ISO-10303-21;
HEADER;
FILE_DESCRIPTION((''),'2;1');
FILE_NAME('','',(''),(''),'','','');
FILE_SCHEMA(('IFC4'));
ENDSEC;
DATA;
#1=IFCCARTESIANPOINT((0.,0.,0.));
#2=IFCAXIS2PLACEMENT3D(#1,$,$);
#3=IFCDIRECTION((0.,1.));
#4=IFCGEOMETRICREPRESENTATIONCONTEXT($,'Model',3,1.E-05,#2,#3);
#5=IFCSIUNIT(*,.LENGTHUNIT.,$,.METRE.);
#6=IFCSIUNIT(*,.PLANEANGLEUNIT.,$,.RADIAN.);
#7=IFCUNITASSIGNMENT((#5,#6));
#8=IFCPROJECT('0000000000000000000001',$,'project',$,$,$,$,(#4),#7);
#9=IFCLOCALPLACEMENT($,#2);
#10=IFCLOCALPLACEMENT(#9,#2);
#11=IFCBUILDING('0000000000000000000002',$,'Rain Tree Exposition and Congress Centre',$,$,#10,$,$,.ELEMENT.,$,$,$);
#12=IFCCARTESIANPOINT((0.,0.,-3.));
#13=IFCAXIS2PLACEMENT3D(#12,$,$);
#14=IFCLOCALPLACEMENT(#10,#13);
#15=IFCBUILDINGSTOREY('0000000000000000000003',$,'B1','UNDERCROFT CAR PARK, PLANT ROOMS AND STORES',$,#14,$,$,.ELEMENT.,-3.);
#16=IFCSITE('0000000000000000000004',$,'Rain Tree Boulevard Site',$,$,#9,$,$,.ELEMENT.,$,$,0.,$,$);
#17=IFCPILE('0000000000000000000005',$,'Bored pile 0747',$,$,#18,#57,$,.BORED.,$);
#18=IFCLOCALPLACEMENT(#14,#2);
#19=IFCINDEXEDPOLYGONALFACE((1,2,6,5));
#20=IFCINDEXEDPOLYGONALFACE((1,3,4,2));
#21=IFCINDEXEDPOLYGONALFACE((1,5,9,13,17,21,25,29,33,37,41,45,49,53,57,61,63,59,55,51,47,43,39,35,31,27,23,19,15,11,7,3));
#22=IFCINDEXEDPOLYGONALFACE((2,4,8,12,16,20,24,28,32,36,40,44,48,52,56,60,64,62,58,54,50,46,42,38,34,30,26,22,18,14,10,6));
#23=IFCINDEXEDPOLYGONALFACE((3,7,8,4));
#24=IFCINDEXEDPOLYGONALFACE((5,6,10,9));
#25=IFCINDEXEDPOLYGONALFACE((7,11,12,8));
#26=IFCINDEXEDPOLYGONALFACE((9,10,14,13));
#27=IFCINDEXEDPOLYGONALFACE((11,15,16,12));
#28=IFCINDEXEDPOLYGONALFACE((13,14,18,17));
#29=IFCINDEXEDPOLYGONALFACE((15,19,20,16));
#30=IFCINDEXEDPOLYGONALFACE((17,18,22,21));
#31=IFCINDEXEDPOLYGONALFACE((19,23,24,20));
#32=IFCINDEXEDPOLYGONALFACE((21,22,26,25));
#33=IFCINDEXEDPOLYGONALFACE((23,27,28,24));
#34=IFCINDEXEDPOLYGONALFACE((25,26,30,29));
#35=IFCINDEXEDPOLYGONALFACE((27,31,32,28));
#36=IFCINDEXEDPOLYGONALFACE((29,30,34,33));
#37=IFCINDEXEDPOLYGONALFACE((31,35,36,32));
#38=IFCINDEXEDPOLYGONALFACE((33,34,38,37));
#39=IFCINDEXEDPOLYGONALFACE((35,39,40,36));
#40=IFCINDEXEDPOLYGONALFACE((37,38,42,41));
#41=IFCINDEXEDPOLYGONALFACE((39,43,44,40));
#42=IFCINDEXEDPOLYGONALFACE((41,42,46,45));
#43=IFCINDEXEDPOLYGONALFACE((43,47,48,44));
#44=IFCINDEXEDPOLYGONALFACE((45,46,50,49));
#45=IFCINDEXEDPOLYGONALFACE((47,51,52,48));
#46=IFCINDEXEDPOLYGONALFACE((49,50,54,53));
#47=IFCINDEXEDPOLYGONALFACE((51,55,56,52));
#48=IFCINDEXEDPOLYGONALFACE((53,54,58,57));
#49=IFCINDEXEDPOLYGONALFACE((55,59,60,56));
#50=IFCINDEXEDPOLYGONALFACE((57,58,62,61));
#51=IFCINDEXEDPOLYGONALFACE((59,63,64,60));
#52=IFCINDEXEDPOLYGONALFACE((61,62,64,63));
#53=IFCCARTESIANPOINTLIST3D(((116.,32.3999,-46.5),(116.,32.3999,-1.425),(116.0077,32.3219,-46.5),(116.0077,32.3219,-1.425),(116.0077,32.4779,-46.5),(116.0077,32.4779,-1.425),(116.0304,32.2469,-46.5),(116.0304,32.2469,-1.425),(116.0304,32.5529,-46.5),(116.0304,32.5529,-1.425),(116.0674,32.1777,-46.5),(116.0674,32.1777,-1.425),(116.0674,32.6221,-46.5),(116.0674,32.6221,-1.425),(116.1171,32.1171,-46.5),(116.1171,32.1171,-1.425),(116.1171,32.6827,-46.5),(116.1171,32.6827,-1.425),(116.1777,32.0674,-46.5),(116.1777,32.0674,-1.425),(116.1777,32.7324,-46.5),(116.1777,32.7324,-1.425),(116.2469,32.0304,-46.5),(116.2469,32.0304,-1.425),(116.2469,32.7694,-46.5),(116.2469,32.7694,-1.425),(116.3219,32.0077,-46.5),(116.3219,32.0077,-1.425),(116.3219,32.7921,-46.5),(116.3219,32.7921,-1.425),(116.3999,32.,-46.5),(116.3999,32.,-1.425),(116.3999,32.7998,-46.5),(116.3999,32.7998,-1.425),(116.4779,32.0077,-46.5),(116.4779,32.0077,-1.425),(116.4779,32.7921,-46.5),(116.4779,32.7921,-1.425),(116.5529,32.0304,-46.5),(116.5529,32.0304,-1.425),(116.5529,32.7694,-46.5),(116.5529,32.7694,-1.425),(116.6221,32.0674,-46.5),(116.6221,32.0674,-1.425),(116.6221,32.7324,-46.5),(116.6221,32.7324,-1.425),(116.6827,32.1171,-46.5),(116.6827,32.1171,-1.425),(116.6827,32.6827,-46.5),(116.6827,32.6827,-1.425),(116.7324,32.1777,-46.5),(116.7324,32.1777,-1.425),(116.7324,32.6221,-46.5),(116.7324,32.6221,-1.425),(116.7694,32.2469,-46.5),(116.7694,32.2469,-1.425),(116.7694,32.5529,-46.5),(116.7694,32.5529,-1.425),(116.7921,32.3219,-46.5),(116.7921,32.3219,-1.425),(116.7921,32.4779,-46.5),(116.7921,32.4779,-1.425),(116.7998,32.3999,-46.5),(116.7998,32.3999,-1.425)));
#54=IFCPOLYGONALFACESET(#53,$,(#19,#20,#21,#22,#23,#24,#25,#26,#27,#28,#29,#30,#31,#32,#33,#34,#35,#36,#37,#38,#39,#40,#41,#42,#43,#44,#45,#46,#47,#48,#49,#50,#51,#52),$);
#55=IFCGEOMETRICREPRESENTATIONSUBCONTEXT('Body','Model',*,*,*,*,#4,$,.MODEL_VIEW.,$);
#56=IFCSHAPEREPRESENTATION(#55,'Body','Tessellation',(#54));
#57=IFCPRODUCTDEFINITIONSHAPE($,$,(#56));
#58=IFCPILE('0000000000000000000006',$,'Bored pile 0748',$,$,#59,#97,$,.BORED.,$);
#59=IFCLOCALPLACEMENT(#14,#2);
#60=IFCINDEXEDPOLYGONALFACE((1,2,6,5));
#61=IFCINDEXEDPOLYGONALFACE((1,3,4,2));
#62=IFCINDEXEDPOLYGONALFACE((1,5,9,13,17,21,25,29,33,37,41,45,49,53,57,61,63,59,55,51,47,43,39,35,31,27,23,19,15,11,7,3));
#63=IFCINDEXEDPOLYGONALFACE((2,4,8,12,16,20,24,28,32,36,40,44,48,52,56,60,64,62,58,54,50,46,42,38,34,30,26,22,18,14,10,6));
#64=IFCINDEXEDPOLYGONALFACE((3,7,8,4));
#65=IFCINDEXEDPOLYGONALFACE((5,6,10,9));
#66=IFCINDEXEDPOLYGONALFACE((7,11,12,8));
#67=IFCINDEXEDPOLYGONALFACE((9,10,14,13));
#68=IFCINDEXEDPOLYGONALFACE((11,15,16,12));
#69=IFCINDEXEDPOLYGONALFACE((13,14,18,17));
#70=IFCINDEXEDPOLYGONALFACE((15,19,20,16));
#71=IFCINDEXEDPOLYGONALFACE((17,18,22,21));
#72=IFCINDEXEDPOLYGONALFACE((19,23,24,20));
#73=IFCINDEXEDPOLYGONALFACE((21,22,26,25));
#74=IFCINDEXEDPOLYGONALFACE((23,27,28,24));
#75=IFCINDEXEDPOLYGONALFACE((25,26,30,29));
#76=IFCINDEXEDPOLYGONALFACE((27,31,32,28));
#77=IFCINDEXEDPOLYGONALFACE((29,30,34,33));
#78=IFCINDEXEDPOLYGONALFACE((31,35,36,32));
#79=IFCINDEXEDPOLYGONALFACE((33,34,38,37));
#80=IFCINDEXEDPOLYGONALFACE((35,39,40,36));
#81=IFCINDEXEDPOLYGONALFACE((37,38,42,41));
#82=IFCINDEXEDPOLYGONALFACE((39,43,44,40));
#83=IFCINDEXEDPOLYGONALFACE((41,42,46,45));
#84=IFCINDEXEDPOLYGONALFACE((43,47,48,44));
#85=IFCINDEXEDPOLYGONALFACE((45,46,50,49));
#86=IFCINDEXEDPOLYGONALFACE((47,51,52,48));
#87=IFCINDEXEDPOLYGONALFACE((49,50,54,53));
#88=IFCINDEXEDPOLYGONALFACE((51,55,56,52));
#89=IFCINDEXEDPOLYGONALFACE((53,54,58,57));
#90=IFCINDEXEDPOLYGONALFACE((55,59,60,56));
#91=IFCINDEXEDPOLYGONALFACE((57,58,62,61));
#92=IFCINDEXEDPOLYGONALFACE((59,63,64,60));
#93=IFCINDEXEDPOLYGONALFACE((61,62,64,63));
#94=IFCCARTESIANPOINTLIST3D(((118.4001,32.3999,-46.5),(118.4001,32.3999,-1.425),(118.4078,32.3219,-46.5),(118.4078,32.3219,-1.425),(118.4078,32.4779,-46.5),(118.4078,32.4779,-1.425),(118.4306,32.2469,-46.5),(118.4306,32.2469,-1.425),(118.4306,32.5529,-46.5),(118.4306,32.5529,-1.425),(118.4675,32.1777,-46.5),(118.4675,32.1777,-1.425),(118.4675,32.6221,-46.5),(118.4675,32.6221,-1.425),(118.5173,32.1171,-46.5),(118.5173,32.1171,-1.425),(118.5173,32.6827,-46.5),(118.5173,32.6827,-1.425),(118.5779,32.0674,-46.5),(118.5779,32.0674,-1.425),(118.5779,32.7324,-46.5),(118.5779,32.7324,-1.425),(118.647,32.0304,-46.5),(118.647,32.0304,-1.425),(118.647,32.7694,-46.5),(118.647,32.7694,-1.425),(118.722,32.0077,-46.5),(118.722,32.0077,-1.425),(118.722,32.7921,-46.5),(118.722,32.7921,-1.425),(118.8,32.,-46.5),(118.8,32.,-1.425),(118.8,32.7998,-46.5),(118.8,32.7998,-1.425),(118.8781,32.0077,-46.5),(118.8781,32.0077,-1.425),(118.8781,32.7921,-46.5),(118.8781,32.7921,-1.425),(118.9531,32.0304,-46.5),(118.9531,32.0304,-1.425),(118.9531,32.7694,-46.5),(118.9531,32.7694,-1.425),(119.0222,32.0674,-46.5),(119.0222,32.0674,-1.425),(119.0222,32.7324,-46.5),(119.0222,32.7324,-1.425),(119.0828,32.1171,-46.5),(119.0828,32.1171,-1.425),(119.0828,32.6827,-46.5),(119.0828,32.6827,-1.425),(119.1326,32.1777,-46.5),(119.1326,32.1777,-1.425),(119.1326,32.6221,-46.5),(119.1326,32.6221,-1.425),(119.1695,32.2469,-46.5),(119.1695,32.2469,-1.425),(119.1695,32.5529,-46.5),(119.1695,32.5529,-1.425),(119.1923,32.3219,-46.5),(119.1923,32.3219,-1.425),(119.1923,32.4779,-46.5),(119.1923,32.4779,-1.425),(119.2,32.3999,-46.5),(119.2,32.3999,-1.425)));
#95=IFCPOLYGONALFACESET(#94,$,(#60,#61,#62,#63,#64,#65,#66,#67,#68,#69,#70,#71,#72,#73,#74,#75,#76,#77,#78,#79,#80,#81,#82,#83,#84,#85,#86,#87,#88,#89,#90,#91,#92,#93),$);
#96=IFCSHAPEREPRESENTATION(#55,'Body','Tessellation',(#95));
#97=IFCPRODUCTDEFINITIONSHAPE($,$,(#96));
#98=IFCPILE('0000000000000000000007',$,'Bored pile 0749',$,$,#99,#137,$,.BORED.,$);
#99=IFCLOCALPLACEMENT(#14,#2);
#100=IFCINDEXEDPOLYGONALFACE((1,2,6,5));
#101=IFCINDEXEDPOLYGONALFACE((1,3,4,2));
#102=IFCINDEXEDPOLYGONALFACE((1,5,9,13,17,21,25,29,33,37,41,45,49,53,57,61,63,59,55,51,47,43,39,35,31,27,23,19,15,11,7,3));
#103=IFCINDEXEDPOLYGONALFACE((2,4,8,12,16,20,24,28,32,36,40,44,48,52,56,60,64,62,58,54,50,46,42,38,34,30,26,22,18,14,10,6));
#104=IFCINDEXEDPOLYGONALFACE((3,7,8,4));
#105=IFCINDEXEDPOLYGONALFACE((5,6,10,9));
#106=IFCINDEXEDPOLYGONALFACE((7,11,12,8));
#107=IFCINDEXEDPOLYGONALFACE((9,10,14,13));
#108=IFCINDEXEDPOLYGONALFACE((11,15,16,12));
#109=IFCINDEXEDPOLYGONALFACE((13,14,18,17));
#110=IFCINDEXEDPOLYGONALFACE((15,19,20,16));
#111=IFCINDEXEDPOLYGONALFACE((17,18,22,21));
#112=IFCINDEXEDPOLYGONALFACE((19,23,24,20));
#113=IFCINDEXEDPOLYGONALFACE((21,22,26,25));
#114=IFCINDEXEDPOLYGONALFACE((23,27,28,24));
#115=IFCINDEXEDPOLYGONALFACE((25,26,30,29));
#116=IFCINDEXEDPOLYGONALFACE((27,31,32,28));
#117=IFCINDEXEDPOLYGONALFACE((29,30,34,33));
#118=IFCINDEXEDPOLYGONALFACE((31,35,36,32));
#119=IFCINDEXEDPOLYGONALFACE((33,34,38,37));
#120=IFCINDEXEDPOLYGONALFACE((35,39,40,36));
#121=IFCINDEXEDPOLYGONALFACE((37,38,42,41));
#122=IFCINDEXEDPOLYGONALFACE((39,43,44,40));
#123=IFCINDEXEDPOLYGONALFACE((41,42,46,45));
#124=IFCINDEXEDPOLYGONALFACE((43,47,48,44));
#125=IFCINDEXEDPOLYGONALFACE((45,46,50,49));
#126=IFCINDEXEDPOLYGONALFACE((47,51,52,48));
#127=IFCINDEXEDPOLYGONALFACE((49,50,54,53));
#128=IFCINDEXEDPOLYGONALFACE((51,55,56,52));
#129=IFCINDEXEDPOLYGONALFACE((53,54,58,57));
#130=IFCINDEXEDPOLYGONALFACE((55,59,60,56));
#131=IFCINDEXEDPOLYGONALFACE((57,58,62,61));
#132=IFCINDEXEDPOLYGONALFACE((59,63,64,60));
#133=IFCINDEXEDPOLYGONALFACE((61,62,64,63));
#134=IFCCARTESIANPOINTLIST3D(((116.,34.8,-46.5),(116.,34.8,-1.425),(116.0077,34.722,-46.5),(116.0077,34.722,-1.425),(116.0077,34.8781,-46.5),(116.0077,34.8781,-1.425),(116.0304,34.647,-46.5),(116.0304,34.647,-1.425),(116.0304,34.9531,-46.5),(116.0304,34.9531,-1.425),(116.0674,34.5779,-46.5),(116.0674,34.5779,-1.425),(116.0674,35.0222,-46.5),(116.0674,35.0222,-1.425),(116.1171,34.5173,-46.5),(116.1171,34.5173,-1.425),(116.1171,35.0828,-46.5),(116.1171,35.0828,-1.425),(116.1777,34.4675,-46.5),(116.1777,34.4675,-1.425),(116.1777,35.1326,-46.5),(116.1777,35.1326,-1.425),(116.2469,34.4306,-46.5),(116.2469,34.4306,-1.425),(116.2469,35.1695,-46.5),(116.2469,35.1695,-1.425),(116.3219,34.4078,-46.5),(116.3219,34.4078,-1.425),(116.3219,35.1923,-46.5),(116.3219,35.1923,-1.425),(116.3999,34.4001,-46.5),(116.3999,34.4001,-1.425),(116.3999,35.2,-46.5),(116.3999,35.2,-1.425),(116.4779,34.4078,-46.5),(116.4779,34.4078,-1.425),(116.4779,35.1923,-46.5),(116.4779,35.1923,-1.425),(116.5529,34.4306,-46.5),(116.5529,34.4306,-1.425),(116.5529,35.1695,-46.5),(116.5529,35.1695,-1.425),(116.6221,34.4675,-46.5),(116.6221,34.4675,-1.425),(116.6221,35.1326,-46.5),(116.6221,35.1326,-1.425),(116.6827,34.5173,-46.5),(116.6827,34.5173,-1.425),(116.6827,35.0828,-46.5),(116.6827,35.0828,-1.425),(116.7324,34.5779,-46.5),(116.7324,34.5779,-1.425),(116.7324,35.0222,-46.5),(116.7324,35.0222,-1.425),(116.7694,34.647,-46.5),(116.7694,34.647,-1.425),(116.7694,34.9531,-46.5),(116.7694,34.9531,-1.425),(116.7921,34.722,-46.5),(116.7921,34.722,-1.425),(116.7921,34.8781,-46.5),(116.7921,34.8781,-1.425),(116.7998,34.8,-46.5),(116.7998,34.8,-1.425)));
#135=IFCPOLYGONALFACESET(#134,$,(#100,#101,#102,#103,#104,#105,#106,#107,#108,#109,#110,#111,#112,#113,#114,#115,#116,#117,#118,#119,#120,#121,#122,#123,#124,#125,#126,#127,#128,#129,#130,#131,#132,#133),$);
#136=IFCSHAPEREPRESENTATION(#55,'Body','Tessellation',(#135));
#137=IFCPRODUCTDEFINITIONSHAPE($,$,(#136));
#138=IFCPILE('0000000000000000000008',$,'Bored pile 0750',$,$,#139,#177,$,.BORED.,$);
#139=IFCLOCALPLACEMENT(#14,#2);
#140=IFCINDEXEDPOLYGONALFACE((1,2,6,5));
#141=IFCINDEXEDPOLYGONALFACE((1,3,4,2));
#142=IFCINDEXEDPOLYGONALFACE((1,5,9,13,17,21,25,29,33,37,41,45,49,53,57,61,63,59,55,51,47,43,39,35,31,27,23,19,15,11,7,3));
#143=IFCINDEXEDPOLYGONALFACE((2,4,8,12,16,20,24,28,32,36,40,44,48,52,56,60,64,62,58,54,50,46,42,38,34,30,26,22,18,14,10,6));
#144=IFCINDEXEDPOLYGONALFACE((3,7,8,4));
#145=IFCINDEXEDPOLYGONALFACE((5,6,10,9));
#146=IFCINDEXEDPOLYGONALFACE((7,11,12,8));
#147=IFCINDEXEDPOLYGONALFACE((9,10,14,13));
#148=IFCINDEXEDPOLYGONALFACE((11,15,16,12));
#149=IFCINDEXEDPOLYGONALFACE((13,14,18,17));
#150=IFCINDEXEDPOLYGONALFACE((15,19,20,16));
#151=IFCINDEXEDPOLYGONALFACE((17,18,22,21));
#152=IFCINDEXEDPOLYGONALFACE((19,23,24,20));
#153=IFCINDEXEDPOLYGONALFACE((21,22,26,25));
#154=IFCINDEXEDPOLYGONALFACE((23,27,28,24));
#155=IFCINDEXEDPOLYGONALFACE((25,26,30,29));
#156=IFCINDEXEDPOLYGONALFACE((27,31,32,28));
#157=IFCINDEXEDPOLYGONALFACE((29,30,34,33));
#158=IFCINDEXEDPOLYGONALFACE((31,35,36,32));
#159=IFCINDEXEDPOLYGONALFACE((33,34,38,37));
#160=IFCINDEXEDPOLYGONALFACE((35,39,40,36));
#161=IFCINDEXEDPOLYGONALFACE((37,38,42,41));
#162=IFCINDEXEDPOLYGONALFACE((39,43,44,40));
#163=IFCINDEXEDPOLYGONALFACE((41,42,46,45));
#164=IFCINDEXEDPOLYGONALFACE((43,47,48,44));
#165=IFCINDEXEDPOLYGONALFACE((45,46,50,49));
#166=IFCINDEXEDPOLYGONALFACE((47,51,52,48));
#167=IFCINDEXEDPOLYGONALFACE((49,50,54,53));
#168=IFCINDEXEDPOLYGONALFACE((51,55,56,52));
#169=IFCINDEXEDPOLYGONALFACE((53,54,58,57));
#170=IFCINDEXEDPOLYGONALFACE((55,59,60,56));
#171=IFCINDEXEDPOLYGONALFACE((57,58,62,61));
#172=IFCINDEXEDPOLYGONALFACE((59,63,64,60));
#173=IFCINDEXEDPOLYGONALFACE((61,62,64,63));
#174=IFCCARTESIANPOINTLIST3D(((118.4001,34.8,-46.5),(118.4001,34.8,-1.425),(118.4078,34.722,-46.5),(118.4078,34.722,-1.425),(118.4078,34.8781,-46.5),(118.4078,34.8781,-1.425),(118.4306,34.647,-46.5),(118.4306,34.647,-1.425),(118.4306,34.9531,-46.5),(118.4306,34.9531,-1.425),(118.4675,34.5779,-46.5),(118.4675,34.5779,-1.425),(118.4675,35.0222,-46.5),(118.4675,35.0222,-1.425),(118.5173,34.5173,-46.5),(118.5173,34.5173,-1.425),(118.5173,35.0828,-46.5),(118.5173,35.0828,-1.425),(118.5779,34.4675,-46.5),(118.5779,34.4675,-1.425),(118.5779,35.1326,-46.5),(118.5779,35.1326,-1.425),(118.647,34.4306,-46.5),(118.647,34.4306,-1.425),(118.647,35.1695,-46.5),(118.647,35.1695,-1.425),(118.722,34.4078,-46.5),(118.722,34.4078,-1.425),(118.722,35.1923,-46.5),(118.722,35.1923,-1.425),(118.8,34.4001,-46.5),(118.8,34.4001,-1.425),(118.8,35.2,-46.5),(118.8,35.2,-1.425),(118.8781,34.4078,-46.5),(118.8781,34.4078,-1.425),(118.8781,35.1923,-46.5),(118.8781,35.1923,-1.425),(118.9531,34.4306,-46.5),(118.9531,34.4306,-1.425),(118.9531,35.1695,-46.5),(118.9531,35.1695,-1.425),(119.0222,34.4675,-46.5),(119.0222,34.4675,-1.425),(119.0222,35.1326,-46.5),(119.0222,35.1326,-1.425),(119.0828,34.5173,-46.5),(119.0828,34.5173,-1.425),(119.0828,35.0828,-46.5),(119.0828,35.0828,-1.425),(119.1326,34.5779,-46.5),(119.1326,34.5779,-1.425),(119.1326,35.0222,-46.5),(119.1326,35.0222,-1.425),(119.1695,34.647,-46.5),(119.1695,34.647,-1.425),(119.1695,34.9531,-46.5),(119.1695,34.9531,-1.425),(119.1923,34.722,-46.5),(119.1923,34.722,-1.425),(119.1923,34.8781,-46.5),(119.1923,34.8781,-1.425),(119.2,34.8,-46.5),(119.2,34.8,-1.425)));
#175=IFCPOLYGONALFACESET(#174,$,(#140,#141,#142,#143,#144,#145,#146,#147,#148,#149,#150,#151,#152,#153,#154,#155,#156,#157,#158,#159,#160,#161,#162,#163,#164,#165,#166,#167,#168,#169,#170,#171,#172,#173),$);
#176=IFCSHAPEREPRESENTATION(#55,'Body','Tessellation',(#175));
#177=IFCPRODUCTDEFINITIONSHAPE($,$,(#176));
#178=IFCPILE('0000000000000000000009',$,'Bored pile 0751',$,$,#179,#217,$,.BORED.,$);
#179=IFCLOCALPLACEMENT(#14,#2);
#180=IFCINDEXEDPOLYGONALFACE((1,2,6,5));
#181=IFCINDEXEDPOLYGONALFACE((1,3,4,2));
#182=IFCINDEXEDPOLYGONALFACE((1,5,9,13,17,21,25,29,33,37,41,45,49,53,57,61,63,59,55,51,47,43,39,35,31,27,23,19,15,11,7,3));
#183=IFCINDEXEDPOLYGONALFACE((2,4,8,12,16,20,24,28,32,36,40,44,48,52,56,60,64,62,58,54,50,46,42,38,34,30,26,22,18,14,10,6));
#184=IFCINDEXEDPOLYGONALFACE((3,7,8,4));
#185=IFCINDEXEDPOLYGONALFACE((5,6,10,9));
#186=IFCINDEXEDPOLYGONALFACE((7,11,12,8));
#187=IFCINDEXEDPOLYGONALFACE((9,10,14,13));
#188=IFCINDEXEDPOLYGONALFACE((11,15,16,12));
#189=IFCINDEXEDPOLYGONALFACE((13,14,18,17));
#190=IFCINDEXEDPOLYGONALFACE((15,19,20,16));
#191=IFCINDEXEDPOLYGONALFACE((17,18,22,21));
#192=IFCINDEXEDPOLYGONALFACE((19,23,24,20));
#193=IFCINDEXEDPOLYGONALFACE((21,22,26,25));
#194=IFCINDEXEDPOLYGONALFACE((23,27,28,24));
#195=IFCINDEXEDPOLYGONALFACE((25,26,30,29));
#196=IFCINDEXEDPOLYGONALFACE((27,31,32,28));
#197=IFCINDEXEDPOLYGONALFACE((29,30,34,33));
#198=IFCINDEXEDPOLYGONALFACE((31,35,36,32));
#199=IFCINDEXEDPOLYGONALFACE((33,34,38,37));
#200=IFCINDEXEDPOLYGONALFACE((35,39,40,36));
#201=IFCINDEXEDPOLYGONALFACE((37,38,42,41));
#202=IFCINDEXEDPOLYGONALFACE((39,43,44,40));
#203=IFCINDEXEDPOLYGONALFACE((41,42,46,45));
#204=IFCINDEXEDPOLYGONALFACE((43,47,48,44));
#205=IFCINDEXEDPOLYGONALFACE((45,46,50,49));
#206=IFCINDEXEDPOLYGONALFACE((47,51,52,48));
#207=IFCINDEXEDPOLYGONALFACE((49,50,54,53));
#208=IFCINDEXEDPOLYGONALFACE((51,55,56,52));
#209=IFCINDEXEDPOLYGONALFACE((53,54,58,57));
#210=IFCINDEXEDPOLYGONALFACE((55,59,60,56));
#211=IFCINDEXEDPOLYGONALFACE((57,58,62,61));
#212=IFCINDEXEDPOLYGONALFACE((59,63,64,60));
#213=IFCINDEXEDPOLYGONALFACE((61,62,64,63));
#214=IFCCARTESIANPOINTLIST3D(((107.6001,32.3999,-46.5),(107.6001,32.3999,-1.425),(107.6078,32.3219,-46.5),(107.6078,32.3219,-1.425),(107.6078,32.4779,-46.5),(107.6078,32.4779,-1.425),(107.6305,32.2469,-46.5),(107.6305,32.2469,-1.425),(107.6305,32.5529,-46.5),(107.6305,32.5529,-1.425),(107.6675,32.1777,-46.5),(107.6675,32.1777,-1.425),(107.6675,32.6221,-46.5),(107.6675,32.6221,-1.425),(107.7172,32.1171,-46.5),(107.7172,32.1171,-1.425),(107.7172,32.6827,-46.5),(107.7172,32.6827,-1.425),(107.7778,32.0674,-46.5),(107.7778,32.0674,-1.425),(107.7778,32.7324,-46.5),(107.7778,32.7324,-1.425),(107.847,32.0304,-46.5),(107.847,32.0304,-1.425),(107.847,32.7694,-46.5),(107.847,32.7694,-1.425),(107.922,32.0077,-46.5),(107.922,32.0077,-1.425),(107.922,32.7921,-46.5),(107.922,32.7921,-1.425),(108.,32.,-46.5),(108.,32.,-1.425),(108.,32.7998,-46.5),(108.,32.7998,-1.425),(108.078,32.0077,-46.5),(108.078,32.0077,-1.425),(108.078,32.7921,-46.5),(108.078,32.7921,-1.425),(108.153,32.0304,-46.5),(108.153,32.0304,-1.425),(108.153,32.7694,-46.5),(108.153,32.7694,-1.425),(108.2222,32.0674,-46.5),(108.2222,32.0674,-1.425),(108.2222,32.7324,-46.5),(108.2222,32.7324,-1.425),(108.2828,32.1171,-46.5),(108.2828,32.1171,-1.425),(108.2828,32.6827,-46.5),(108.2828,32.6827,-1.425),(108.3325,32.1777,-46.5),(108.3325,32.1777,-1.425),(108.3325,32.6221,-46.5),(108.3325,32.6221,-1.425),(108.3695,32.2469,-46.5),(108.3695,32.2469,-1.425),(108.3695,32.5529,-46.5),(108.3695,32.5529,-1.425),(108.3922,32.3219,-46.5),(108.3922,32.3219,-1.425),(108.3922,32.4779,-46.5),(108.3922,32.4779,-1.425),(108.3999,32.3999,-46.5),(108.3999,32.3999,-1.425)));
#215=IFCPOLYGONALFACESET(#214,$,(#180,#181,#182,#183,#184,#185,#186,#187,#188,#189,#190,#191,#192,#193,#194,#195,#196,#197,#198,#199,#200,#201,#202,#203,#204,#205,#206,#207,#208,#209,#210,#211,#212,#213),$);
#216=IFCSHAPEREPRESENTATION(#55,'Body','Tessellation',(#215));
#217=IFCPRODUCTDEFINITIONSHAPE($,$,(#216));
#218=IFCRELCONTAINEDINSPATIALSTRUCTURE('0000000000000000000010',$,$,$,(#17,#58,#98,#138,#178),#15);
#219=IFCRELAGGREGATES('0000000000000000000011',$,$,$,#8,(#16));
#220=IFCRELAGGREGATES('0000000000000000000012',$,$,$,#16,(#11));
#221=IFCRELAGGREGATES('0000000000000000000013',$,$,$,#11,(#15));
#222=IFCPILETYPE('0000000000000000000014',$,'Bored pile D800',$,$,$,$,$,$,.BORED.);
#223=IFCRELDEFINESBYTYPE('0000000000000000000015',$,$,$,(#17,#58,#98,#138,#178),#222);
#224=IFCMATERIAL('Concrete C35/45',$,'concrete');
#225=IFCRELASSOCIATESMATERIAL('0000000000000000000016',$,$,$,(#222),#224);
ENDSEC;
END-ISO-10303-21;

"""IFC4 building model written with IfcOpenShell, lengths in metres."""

from ifc_helpers import new_model, si_unit, direction, frame, origin, origin_2d, place, context, subcontext, project, spatial, circle, extrude, material, material_profile, profile_set, type_object, element, save


model = new_model("IFC4")

# Units and contexts
model_context = context("Model", 3, precision=1e-05, world=origin(), true_north=direction((0.0, 1.0)))
body_context = subcontext(model_context, "Body", "Model", "MODEL_VIEW")
ifc_project = project(units=[si_unit("LENGTHUNIT", "METRE"), si_unit("PLANEANGLEUNIT", "RADIAN")], contexts=[model_context])

# Site, building, storey
site_placement = place(None, origin())
site = spatial("IfcSite", under=ifc_project, at=site_placement, Name="Rain Tree Boulevard Site", CompositionType="ELEMENT", RefElevation=0.0)
building_placement = place(site_placement, origin())
building = spatial("IfcBuilding", under=site, at=building_placement, Name="Rain Tree Exposition and Congress Centre", CompositionType="ELEMENT")
storey_placement = place(building_placement, frame((0.0, 0.0, -3.0)))
storey = spatial("IfcBuildingStorey", under=building, at=storey_placement, Name="B1", Description="UNDERCROFT CAR PARK, PLANT ROOMS AND STORES", CompositionType="ELEMENT", Elevation=-3.0)

# Piles
ifc_material_1 = material(Name="Concrete C35/45", Category="concrete")
ifc_material_profile_1 = material_profile(ifc_material_1, circle(Radius=0.3999, at=origin_2d()), Name="D800")
ifc_profile_set_1 = profile_set([ifc_material_profile_1], Name="Concrete C35/45")
pile_type = type_object("IfcPileType", Name="Bored pile D800", PredefinedType="BORED", material=ifc_profile_set_1)
for number, where, z_axis, x_axis, name in (
    (1, (116.3999, 32.3999, -1.425), (0.0, 0.0, -1.0), (1.0, 0.0, 0.0), "Bored pile 0747"),
    (2, (118.8, 32.3999, -1.425), (0.0, 0.0, -1.0), (1.0, 0.0, 0.0), "Bored pile 0748"),
    (3, (116.3999, 34.8, -1.425), (0.0, 0.0, -1.0), (1.0, 0.0, 0.0), "Bored pile 0749"),
    (4, (118.8, 34.8, -1.425), (0.0, 0.0, -1.0), (1.0, 0.0, 0.0), "Bored pile 0750"),
    (5, (108.0, 32.3999, -1.425), (0.0, 0.0, -1.0), (1.0, 0.0, 0.0), "Bored pile 0751"),
):
    element("IfcPile", number, at=place(storey_placement, frame(where, z_axis=z_axis, x_axis=x_axis)), inside=storey, type_object=pile_type, Name=name, PredefinedType="BORED", context=body_context, shape_type="SweptSolid", body=[
        extrude(circle(Radius=0.3999, at=origin_2d()), origin(), (0.0, 0.0, 1.0), 45.075),
    ])

save(model, "model.ifc")
